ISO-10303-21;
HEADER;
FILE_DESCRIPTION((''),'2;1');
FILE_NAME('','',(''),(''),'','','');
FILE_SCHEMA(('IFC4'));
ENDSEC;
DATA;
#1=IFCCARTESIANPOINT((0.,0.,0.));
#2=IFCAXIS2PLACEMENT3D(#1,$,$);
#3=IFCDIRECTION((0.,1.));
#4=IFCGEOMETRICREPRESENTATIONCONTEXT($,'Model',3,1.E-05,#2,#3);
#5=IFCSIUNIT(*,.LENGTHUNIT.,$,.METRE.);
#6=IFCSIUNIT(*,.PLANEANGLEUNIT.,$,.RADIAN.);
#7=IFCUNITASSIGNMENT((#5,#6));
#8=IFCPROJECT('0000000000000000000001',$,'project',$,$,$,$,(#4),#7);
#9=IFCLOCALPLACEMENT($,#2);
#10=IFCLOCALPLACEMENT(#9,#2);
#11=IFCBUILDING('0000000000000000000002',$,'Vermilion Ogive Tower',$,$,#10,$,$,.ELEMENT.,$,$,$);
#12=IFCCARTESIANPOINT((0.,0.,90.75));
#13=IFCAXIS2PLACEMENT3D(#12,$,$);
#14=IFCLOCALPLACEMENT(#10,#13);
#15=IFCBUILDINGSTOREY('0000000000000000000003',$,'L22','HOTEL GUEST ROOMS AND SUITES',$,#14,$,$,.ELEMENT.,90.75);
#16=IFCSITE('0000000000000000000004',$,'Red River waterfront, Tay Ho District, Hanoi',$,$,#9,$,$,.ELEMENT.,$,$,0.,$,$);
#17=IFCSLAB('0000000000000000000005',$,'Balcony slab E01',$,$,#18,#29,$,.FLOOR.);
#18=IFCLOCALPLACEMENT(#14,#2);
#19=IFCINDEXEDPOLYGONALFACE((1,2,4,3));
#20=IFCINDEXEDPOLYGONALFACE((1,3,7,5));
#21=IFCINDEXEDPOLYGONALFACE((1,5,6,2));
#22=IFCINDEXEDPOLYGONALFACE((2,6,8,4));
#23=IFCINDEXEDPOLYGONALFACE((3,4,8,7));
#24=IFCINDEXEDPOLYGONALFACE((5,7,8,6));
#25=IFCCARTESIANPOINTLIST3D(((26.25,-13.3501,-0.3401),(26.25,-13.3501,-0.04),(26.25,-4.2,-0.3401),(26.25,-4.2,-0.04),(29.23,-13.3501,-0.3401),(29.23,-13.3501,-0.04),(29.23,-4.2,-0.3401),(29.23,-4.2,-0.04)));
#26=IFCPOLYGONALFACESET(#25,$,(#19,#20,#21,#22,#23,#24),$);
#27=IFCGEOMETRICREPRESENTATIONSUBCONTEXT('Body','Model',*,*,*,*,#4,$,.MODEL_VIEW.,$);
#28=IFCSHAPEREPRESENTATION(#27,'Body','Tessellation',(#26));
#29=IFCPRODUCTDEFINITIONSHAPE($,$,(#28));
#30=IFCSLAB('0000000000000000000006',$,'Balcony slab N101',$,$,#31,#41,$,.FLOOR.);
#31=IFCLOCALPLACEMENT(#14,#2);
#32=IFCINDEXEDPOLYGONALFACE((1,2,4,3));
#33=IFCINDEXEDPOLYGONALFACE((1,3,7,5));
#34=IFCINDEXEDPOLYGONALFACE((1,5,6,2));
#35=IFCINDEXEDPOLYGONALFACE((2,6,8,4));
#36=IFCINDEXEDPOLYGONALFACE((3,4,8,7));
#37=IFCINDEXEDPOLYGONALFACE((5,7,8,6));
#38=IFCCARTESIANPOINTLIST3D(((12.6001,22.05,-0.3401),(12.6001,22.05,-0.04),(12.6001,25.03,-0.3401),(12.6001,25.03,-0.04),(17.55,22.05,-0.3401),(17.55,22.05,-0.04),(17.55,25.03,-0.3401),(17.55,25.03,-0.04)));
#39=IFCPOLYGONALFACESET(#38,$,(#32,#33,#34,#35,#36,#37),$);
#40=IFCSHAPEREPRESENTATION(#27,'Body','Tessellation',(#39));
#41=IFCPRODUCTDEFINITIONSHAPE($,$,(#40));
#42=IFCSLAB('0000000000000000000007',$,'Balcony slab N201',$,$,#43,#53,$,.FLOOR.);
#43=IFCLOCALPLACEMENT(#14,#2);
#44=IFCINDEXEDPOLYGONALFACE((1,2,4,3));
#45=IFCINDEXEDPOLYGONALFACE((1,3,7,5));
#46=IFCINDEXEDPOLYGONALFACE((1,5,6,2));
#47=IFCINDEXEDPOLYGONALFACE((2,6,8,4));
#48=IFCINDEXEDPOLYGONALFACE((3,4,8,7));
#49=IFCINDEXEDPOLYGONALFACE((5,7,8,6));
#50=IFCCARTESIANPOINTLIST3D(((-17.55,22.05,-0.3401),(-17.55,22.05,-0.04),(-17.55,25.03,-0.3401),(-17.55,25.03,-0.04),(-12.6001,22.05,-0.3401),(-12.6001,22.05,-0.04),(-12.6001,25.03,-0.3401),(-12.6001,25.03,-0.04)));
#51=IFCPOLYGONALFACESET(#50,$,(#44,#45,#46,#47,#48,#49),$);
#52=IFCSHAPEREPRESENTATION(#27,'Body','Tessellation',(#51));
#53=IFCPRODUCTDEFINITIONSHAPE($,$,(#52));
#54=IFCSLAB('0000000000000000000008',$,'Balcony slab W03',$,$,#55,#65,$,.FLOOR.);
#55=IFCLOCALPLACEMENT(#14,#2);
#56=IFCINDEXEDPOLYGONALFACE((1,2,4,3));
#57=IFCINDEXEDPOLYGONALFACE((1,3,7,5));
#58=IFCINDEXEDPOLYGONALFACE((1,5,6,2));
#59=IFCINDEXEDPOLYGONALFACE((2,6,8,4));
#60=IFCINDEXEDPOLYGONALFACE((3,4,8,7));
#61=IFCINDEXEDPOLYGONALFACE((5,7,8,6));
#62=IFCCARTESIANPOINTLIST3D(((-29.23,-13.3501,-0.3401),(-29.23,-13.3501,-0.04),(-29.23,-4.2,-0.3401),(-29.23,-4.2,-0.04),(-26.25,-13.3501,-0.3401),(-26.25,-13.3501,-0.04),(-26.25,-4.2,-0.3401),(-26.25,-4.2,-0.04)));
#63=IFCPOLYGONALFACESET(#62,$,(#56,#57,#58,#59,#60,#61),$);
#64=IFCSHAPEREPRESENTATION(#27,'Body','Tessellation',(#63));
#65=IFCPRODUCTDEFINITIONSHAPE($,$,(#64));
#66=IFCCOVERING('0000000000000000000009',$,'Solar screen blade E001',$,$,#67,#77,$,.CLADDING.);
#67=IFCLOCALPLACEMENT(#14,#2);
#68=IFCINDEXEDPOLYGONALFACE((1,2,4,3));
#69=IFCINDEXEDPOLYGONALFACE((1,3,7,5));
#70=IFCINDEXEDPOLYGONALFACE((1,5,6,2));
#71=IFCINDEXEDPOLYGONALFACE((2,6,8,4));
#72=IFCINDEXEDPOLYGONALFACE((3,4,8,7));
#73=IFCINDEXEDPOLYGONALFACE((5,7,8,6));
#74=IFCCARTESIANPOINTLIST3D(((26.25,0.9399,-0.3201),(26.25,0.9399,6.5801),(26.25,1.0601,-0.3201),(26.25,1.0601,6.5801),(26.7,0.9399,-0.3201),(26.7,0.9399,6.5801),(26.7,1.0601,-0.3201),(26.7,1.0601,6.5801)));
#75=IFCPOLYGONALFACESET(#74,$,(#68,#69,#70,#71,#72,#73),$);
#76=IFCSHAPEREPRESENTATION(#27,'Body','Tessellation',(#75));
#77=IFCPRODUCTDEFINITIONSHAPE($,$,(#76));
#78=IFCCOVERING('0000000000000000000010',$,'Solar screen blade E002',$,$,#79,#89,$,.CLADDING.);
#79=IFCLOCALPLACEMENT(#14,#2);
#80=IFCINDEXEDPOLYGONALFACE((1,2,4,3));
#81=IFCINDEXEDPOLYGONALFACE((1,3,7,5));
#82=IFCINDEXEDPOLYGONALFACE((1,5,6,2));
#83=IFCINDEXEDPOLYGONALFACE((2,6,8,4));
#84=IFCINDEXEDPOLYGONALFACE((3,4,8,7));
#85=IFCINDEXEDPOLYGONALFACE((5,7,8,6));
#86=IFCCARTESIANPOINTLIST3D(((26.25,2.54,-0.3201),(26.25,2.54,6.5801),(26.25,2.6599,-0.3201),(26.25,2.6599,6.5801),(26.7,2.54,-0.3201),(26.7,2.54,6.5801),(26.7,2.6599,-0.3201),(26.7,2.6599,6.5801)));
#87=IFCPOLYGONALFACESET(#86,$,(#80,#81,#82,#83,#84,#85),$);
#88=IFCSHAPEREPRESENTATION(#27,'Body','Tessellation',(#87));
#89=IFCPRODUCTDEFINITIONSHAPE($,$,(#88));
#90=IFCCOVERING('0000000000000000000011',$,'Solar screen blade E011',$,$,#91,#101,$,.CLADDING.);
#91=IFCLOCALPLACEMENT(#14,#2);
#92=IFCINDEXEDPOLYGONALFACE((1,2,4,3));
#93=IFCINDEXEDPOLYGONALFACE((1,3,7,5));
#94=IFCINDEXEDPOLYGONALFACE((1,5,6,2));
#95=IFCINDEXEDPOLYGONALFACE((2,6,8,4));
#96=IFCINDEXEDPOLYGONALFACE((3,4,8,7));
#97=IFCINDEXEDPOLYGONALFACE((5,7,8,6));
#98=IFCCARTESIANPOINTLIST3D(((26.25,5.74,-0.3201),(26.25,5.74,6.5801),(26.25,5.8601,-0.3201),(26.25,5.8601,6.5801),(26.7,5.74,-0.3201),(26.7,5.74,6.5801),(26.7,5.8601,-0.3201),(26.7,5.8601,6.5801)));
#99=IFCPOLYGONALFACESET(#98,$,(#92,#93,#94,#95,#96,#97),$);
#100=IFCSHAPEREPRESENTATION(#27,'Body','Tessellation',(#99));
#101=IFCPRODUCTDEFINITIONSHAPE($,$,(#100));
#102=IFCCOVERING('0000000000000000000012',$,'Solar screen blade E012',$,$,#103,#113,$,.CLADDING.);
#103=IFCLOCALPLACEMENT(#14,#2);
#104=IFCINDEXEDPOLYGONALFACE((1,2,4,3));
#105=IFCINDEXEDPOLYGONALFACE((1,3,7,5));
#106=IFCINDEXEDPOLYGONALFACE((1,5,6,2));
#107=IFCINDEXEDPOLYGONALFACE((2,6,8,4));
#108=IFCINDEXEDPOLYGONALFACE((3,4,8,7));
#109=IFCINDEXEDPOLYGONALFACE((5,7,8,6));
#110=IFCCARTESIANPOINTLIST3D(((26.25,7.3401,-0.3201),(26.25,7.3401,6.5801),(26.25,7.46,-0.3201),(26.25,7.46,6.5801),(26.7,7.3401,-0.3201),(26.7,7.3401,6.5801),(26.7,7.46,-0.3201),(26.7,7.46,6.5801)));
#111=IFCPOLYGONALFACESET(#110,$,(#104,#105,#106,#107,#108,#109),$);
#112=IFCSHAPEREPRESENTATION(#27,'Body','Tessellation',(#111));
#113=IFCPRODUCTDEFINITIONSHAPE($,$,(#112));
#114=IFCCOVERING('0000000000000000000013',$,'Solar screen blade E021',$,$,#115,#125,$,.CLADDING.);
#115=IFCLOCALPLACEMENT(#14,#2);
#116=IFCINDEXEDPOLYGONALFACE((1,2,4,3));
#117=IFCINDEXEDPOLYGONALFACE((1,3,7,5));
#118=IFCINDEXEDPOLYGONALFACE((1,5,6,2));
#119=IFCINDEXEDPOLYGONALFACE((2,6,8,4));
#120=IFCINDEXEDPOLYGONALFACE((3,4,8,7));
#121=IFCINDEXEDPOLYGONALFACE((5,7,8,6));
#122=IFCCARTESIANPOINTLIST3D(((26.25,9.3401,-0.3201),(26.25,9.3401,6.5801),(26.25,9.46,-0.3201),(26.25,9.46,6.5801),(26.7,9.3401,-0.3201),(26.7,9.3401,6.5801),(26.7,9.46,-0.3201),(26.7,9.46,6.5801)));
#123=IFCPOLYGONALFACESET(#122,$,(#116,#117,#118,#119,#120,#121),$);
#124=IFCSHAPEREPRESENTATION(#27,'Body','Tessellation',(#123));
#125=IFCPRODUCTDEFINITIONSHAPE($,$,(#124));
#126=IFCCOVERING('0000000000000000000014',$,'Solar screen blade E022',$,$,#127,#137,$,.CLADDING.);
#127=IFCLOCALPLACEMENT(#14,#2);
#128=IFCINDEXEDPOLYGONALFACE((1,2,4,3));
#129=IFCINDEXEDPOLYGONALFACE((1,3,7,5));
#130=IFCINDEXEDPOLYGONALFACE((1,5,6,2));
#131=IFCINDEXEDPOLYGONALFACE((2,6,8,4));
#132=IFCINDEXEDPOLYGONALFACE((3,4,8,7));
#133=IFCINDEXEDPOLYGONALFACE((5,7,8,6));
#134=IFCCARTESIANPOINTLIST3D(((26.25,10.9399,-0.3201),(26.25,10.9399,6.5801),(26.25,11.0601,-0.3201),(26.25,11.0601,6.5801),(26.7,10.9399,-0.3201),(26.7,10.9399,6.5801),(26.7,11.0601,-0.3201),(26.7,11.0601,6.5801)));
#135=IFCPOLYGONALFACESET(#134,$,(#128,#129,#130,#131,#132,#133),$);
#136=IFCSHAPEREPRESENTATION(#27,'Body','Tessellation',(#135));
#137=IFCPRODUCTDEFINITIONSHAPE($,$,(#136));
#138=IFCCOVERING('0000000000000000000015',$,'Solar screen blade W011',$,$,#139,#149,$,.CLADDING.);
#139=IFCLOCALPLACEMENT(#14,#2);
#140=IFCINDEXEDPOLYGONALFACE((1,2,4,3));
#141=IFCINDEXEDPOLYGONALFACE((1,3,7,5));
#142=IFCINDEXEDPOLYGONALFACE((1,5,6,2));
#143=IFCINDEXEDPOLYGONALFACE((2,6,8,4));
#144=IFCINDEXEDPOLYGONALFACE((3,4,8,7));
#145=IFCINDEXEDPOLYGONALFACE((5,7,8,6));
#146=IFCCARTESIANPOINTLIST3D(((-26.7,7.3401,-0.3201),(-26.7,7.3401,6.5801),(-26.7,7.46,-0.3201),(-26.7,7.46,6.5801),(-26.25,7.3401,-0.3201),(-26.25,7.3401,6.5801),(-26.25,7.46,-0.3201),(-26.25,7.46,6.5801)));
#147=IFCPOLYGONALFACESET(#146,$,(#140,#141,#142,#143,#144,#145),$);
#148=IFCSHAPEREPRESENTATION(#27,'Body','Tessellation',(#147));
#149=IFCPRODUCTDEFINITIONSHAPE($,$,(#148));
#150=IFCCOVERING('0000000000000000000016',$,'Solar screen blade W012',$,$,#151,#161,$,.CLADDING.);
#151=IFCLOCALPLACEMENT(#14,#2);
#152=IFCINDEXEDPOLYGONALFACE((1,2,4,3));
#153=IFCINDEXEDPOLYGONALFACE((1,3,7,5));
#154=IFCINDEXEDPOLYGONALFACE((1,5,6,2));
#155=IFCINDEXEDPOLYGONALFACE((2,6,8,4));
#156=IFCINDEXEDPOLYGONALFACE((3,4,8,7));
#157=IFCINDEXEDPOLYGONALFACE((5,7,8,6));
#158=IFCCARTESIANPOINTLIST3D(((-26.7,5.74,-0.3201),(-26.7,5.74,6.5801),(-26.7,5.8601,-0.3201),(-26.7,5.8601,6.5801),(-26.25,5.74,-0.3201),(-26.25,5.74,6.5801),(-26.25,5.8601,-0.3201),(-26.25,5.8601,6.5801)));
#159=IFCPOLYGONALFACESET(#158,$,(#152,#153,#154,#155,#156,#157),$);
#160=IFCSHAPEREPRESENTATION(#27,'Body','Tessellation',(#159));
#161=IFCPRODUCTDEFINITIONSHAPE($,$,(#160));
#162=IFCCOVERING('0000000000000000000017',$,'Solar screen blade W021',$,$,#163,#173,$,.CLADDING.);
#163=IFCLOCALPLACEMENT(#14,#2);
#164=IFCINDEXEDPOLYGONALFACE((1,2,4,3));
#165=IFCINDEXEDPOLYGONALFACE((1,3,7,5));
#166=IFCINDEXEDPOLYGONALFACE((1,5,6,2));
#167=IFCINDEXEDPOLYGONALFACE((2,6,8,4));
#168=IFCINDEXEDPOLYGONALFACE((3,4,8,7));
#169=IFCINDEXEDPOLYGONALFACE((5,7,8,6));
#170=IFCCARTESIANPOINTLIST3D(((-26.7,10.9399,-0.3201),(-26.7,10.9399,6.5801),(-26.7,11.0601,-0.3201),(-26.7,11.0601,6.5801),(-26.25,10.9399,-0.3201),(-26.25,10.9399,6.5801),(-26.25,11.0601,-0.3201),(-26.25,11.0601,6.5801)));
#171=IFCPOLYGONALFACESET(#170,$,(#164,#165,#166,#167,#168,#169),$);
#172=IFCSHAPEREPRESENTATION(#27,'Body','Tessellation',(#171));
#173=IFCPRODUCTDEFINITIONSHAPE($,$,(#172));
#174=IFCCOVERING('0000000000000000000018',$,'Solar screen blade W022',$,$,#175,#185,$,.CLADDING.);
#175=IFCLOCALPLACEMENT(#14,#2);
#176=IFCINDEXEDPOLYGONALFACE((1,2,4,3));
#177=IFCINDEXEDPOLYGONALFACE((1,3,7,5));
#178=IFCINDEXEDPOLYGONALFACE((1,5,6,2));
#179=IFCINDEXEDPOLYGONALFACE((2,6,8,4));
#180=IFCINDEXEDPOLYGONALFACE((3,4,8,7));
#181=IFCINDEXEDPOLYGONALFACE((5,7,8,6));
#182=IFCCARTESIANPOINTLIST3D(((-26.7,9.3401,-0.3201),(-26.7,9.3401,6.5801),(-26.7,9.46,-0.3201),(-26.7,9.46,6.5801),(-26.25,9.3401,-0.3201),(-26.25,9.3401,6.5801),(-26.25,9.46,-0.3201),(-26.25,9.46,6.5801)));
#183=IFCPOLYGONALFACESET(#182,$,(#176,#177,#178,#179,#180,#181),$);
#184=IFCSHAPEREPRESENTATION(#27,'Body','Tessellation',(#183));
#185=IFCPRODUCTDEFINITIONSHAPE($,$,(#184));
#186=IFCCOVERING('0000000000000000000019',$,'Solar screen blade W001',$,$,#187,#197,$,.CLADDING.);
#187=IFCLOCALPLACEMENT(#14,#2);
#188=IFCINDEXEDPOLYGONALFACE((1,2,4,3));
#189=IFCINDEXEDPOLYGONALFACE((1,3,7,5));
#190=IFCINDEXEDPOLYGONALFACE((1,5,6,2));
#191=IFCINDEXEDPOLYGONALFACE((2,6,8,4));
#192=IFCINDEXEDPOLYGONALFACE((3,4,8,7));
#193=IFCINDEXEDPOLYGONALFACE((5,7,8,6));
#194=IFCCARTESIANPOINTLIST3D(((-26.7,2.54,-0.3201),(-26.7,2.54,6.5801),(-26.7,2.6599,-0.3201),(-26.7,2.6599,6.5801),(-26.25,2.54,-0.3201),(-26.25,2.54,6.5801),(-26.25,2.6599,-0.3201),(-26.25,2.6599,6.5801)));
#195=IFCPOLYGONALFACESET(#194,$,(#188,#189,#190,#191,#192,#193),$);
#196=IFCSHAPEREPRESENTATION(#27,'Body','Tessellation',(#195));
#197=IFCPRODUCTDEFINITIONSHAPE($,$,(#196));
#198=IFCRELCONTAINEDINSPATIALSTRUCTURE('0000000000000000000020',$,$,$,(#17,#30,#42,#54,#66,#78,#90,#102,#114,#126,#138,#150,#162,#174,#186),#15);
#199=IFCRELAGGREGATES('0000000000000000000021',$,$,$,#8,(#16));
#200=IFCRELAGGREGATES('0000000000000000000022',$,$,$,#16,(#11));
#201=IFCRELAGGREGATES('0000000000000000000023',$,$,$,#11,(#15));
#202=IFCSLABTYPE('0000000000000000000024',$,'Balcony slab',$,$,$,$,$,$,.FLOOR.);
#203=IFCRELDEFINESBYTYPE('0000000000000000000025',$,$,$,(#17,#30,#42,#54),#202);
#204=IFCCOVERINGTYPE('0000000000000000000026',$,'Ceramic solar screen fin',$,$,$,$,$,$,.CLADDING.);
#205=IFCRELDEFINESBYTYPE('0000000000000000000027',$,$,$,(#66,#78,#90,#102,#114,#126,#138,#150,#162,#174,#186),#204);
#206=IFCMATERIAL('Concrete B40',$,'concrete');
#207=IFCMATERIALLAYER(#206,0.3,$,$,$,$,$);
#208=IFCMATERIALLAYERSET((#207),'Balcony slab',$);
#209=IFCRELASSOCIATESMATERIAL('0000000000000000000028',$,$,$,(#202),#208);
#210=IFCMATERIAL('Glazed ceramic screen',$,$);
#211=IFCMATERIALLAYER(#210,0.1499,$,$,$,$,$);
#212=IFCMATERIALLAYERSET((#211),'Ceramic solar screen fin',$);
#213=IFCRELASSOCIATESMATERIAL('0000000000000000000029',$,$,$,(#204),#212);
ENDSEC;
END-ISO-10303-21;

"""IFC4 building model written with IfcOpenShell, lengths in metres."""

from ifc_helpers import new_model, si_unit, direction, frame, origin, place, context, subcontext, project, spatial, polyline, outline, extrude, material, layer, layer_set, type_object, element, save


model = new_model("IFC4")

# Units and contexts
model_context = context("Model", 3, precision=1e-05, world=origin(), true_north=direction((0.0, 1.0)))
body_context = subcontext(model_context, "Body", "Model", "MODEL_VIEW")
ifc_project = project(units=[si_unit("LENGTHUNIT", "METRE"), si_unit("PLANEANGLEUNIT", "RADIAN")], contexts=[model_context])

# Site, building, storey
site_placement = place(None, origin())
site = spatial("IfcSite", under=ifc_project, at=site_placement, Name="Red River waterfront, Tay Ho District, Hanoi", CompositionType="ELEMENT", RefElevation=0.0)
building_placement = place(site_placement, origin())
building = spatial("IfcBuilding", under=site, at=building_placement, Name="Vermilion Ogive Tower", CompositionType="ELEMENT")
storey_placement = place(building_placement, frame((0.0, 0.0, 90.75)))
storey = spatial("IfcBuildingStorey", under=building, at=storey_placement, Name="L22", Description="HOTEL GUEST ROOMS AND SUITES", CompositionType="ELEMENT", Elevation=90.75)

# Slabs
ifc_material_1 = material(Name="Concrete B40", Category="concrete")
ifc_layer_1 = layer(ifc_material_1, 0.3)
ifc_layer_set_1 = layer_set([ifc_layer_1], Name="Balcony slab")
slab_type = type_object("IfcSlabType", Name="Balcony slab", PredefinedType="FLOOR", material=ifc_layer_set_1)
slab_1_placement = place(storey_placement, frame((0.0, 0.0, -0.3401)))
element("IfcSlab", 1, at=slab_1_placement, inside=storey, type_object=slab_type, Name="Balcony slab E01", PredefinedType="FLOOR", context=body_context, shape_type="SweptSolid", body=[
    extrude(outline(polyline([(29.23, -13.3501), (29.23, -4.2), (26.25, -4.2), (26.25, -13.3501), (29.23, -13.3501)])), origin(), (0.0, 0.0, 1.0), 0.3),
])
slab_2_placement = place(storey_placement, frame((0.0, 0.0, -0.3401)))
element("IfcSlab", 2, at=slab_2_placement, inside=storey, type_object=slab_type, Name="Balcony slab N101", PredefinedType="FLOOR", context=body_context, shape_type="SweptSolid", body=[
    extrude(outline(polyline([(17.55, 25.03), (12.6001, 25.03), (12.6001, 22.05), (17.55, 22.05), (17.55, 25.03)])), origin(), (0.0, 0.0, 1.0), 0.3),
])
slab_3_placement = place(storey_placement, frame((0.0, 0.0, -0.3401)))
element("IfcSlab", 3, at=slab_3_placement, inside=storey, type_object=slab_type, Name="Balcony slab N201", PredefinedType="FLOOR", context=body_context, shape_type="SweptSolid", body=[
    extrude(outline(polyline([(-12.6001, 25.03), (-17.55, 25.03), (-17.55, 22.05), (-12.6001, 22.05), (-12.6001, 25.03)])), origin(), (0.0, 0.0, 1.0), 0.3),
])
slab_4_placement = place(storey_placement, frame((0.0, 0.0, -0.3401)))
element("IfcSlab", 4, at=slab_4_placement, inside=storey, type_object=slab_type, Name="Balcony slab W03", PredefinedType="FLOOR", context=body_context, shape_type="SweptSolid", body=[
    extrude(outline(polyline([(-29.23, -4.2), (-29.23, -13.3501), (-26.25, -13.3501), (-26.25, -4.2), (-29.23, -4.2)])), origin(), (0.0, 0.0, 1.0), 0.3),
])

# Coverings
ifc_material_2 = material(Name="Glazed ceramic screen")
ifc_layer_2 = layer(ifc_material_2, 0.1499)
ifc_layer_set_2 = layer_set([ifc_layer_2], Name="Ceramic solar screen fin")
covering_type_1 = type_object("IfcCoveringType", Name="Ceramic solar screen fin", PredefinedType="CLADDING", material=ifc_layer_set_2)
covering_1_placement = place(storey_placement, frame((0.0, 0.0, -0.3201)))
element("IfcCovering", 5, at=covering_1_placement, inside=storey, type_object=covering_type_1, Name="Solar screen blade E001", PredefinedType="CLADDING", context=body_context, shape_type="SweptSolid", body=[
    extrude(outline(polyline([(26.7, 0.9399), (26.7, 1.0601), (26.25, 1.0601), (26.25, 0.9399), (26.7, 0.9399)])), origin(), (0.0, 0.0, 1.0), 6.9001),
])
covering_2_placement = place(storey_placement, frame((0.0, 0.0, -0.3201)))
element("IfcCovering", 6, at=covering_2_placement, inside=storey, type_object=covering_type_1, Name="Solar screen blade E002", PredefinedType="CLADDING", context=body_context, shape_type="SweptSolid", body=[
    extrude(outline(polyline([(26.7, 2.54), (26.7, 2.6599), (26.25, 2.6599), (26.25, 2.54), (26.7, 2.54)])), origin(), (0.0, 0.0, 1.0), 6.9001),
])
covering_3_placement = place(storey_placement, frame((0.0, 0.0, -0.3201)))
element("IfcCovering", 7, at=covering_3_placement, inside=storey, type_object=covering_type_1, Name="Solar screen blade E011", PredefinedType="CLADDING", context=body_context, shape_type="SweptSolid", body=[
    extrude(outline(polyline([(26.7, 5.74), (26.7, 5.8601), (26.25, 5.8601), (26.25, 5.74), (26.7, 5.74)])), origin(), (0.0, 0.0, 1.0), 6.9001),
])
covering_4_placement = place(storey_placement, frame((0.0, 0.0, -0.3201)))
element("IfcCovering", 8, at=covering_4_placement, inside=storey, type_object=covering_type_1, Name="Solar screen blade E012", PredefinedType="CLADDING", context=body_context, shape_type="SweptSolid", body=[
    extrude(outline(polyline([(26.7, 7.3401), (26.7, 7.46), (26.25, 7.46), (26.25, 7.3401), (26.7, 7.3401)])), origin(), (0.0, 0.0, 1.0), 6.9001),
])
covering_5_placement = place(storey_placement, frame((0.0, 0.0, -0.3201)))
element("IfcCovering", 9, at=covering_5_placement, inside=storey, type_object=covering_type_1, Name="Solar screen blade E021", PredefinedType="CLADDING", context=body_context, shape_type="SweptSolid", body=[
    extrude(outline(polyline([(26.7, 9.3401), (26.7, 9.46), (26.25, 9.46), (26.25, 9.3401), (26.7, 9.3401)])), origin(), (0.0, 0.0, 1.0), 6.9001),
])
covering_6_placement = place(storey_placement, frame((0.0, 0.0, -0.3201)))
element("IfcCovering", 10, at=covering_6_placement, inside=storey, type_object=covering_type_1, Name="Solar screen blade E022", PredefinedType="CLADDING", context=body_context, shape_type="SweptSolid", body=[
    extrude(outline(polyline([(26.7, 10.9399), (26.7, 11.0601), (26.25, 11.0601), (26.25, 10.9399), (26.7, 10.9399)])), origin(), (0.0, 0.0, 1.0), 6.9001),
])
covering_7_placement = place(storey_placement, frame((0.0, 0.0, -0.3201)))
element("IfcCovering", 11, at=covering_7_placement, inside=storey, type_object=covering_type_1, Name="Solar screen blade W011", PredefinedType="CLADDING", context=body_context, shape_type="SweptSolid", body=[
    extrude(outline(polyline([(-26.7, 7.46), (-26.7, 7.3401), (-26.25, 7.3401), (-26.25, 7.46), (-26.7, 7.46)])), origin(), (0.0, 0.0, 1.0), 6.9001),
])
covering_8_placement = place(storey_placement, frame((0.0, 0.0, -0.3201)))
element("IfcCovering", 12, at=covering_8_placement, inside=storey, type_object=covering_type_1, Name="Solar screen blade W012", PredefinedType="CLADDING", context=body_context, shape_type="SweptSolid", body=[
    extrude(outline(polyline([(-26.7, 5.8601), (-26.7, 5.74), (-26.25, 5.74), (-26.25, 5.8601), (-26.7, 5.8601)])), origin(), (0.0, 0.0, 1.0), 6.9001),
])
covering_9_placement = place(storey_placement, frame((0.0, 0.0, -0.3201)))
element("IfcCovering", 13, at=covering_9_placement, inside=storey, type_object=covering_type_1, Name="Solar screen blade W021", PredefinedType="CLADDING", context=body_context, shape_type="SweptSolid", body=[
    extrude(outline(polyline([(-26.7, 11.0601), (-26.7, 10.9399), (-26.25, 10.9399), (-26.25, 11.0601), (-26.7, 11.0601)])), origin(), (0.0, 0.0, 1.0), 6.9001),
])
covering_10_placement = place(storey_placement, frame((0.0, 0.0, -0.3201)))
element("IfcCovering", 14, at=covering_10_placement, inside=storey, type_object=covering_type_1, Name="Solar screen blade W022", PredefinedType="CLADDING", context=body_context, shape_type="SweptSolid", body=[
    extrude(outline(polyline([(-26.7, 9.46), (-26.7, 9.3401), (-26.25, 9.3401), (-26.25, 9.46), (-26.7, 9.46)])), origin(), (0.0, 0.0, 1.0), 6.9001),
])
covering_11_placement = place(storey_placement, frame((0.0, 0.0, -0.3201)))
element("IfcCovering", 15, at=covering_11_placement, inside=storey, type_object=covering_type_1, Name="Solar screen blade W001", PredefinedType="CLADDING", context=body_context, shape_type="SweptSolid", body=[
    extrude(outline(polyline([(-26.7, 2.6599), (-26.7, 2.54), (-26.25, 2.54), (-26.25, 2.6599), (-26.7, 2.6599)])), origin(), (0.0, 0.0, 1.0), 6.9001),
])

save(model, "model.ifc")
